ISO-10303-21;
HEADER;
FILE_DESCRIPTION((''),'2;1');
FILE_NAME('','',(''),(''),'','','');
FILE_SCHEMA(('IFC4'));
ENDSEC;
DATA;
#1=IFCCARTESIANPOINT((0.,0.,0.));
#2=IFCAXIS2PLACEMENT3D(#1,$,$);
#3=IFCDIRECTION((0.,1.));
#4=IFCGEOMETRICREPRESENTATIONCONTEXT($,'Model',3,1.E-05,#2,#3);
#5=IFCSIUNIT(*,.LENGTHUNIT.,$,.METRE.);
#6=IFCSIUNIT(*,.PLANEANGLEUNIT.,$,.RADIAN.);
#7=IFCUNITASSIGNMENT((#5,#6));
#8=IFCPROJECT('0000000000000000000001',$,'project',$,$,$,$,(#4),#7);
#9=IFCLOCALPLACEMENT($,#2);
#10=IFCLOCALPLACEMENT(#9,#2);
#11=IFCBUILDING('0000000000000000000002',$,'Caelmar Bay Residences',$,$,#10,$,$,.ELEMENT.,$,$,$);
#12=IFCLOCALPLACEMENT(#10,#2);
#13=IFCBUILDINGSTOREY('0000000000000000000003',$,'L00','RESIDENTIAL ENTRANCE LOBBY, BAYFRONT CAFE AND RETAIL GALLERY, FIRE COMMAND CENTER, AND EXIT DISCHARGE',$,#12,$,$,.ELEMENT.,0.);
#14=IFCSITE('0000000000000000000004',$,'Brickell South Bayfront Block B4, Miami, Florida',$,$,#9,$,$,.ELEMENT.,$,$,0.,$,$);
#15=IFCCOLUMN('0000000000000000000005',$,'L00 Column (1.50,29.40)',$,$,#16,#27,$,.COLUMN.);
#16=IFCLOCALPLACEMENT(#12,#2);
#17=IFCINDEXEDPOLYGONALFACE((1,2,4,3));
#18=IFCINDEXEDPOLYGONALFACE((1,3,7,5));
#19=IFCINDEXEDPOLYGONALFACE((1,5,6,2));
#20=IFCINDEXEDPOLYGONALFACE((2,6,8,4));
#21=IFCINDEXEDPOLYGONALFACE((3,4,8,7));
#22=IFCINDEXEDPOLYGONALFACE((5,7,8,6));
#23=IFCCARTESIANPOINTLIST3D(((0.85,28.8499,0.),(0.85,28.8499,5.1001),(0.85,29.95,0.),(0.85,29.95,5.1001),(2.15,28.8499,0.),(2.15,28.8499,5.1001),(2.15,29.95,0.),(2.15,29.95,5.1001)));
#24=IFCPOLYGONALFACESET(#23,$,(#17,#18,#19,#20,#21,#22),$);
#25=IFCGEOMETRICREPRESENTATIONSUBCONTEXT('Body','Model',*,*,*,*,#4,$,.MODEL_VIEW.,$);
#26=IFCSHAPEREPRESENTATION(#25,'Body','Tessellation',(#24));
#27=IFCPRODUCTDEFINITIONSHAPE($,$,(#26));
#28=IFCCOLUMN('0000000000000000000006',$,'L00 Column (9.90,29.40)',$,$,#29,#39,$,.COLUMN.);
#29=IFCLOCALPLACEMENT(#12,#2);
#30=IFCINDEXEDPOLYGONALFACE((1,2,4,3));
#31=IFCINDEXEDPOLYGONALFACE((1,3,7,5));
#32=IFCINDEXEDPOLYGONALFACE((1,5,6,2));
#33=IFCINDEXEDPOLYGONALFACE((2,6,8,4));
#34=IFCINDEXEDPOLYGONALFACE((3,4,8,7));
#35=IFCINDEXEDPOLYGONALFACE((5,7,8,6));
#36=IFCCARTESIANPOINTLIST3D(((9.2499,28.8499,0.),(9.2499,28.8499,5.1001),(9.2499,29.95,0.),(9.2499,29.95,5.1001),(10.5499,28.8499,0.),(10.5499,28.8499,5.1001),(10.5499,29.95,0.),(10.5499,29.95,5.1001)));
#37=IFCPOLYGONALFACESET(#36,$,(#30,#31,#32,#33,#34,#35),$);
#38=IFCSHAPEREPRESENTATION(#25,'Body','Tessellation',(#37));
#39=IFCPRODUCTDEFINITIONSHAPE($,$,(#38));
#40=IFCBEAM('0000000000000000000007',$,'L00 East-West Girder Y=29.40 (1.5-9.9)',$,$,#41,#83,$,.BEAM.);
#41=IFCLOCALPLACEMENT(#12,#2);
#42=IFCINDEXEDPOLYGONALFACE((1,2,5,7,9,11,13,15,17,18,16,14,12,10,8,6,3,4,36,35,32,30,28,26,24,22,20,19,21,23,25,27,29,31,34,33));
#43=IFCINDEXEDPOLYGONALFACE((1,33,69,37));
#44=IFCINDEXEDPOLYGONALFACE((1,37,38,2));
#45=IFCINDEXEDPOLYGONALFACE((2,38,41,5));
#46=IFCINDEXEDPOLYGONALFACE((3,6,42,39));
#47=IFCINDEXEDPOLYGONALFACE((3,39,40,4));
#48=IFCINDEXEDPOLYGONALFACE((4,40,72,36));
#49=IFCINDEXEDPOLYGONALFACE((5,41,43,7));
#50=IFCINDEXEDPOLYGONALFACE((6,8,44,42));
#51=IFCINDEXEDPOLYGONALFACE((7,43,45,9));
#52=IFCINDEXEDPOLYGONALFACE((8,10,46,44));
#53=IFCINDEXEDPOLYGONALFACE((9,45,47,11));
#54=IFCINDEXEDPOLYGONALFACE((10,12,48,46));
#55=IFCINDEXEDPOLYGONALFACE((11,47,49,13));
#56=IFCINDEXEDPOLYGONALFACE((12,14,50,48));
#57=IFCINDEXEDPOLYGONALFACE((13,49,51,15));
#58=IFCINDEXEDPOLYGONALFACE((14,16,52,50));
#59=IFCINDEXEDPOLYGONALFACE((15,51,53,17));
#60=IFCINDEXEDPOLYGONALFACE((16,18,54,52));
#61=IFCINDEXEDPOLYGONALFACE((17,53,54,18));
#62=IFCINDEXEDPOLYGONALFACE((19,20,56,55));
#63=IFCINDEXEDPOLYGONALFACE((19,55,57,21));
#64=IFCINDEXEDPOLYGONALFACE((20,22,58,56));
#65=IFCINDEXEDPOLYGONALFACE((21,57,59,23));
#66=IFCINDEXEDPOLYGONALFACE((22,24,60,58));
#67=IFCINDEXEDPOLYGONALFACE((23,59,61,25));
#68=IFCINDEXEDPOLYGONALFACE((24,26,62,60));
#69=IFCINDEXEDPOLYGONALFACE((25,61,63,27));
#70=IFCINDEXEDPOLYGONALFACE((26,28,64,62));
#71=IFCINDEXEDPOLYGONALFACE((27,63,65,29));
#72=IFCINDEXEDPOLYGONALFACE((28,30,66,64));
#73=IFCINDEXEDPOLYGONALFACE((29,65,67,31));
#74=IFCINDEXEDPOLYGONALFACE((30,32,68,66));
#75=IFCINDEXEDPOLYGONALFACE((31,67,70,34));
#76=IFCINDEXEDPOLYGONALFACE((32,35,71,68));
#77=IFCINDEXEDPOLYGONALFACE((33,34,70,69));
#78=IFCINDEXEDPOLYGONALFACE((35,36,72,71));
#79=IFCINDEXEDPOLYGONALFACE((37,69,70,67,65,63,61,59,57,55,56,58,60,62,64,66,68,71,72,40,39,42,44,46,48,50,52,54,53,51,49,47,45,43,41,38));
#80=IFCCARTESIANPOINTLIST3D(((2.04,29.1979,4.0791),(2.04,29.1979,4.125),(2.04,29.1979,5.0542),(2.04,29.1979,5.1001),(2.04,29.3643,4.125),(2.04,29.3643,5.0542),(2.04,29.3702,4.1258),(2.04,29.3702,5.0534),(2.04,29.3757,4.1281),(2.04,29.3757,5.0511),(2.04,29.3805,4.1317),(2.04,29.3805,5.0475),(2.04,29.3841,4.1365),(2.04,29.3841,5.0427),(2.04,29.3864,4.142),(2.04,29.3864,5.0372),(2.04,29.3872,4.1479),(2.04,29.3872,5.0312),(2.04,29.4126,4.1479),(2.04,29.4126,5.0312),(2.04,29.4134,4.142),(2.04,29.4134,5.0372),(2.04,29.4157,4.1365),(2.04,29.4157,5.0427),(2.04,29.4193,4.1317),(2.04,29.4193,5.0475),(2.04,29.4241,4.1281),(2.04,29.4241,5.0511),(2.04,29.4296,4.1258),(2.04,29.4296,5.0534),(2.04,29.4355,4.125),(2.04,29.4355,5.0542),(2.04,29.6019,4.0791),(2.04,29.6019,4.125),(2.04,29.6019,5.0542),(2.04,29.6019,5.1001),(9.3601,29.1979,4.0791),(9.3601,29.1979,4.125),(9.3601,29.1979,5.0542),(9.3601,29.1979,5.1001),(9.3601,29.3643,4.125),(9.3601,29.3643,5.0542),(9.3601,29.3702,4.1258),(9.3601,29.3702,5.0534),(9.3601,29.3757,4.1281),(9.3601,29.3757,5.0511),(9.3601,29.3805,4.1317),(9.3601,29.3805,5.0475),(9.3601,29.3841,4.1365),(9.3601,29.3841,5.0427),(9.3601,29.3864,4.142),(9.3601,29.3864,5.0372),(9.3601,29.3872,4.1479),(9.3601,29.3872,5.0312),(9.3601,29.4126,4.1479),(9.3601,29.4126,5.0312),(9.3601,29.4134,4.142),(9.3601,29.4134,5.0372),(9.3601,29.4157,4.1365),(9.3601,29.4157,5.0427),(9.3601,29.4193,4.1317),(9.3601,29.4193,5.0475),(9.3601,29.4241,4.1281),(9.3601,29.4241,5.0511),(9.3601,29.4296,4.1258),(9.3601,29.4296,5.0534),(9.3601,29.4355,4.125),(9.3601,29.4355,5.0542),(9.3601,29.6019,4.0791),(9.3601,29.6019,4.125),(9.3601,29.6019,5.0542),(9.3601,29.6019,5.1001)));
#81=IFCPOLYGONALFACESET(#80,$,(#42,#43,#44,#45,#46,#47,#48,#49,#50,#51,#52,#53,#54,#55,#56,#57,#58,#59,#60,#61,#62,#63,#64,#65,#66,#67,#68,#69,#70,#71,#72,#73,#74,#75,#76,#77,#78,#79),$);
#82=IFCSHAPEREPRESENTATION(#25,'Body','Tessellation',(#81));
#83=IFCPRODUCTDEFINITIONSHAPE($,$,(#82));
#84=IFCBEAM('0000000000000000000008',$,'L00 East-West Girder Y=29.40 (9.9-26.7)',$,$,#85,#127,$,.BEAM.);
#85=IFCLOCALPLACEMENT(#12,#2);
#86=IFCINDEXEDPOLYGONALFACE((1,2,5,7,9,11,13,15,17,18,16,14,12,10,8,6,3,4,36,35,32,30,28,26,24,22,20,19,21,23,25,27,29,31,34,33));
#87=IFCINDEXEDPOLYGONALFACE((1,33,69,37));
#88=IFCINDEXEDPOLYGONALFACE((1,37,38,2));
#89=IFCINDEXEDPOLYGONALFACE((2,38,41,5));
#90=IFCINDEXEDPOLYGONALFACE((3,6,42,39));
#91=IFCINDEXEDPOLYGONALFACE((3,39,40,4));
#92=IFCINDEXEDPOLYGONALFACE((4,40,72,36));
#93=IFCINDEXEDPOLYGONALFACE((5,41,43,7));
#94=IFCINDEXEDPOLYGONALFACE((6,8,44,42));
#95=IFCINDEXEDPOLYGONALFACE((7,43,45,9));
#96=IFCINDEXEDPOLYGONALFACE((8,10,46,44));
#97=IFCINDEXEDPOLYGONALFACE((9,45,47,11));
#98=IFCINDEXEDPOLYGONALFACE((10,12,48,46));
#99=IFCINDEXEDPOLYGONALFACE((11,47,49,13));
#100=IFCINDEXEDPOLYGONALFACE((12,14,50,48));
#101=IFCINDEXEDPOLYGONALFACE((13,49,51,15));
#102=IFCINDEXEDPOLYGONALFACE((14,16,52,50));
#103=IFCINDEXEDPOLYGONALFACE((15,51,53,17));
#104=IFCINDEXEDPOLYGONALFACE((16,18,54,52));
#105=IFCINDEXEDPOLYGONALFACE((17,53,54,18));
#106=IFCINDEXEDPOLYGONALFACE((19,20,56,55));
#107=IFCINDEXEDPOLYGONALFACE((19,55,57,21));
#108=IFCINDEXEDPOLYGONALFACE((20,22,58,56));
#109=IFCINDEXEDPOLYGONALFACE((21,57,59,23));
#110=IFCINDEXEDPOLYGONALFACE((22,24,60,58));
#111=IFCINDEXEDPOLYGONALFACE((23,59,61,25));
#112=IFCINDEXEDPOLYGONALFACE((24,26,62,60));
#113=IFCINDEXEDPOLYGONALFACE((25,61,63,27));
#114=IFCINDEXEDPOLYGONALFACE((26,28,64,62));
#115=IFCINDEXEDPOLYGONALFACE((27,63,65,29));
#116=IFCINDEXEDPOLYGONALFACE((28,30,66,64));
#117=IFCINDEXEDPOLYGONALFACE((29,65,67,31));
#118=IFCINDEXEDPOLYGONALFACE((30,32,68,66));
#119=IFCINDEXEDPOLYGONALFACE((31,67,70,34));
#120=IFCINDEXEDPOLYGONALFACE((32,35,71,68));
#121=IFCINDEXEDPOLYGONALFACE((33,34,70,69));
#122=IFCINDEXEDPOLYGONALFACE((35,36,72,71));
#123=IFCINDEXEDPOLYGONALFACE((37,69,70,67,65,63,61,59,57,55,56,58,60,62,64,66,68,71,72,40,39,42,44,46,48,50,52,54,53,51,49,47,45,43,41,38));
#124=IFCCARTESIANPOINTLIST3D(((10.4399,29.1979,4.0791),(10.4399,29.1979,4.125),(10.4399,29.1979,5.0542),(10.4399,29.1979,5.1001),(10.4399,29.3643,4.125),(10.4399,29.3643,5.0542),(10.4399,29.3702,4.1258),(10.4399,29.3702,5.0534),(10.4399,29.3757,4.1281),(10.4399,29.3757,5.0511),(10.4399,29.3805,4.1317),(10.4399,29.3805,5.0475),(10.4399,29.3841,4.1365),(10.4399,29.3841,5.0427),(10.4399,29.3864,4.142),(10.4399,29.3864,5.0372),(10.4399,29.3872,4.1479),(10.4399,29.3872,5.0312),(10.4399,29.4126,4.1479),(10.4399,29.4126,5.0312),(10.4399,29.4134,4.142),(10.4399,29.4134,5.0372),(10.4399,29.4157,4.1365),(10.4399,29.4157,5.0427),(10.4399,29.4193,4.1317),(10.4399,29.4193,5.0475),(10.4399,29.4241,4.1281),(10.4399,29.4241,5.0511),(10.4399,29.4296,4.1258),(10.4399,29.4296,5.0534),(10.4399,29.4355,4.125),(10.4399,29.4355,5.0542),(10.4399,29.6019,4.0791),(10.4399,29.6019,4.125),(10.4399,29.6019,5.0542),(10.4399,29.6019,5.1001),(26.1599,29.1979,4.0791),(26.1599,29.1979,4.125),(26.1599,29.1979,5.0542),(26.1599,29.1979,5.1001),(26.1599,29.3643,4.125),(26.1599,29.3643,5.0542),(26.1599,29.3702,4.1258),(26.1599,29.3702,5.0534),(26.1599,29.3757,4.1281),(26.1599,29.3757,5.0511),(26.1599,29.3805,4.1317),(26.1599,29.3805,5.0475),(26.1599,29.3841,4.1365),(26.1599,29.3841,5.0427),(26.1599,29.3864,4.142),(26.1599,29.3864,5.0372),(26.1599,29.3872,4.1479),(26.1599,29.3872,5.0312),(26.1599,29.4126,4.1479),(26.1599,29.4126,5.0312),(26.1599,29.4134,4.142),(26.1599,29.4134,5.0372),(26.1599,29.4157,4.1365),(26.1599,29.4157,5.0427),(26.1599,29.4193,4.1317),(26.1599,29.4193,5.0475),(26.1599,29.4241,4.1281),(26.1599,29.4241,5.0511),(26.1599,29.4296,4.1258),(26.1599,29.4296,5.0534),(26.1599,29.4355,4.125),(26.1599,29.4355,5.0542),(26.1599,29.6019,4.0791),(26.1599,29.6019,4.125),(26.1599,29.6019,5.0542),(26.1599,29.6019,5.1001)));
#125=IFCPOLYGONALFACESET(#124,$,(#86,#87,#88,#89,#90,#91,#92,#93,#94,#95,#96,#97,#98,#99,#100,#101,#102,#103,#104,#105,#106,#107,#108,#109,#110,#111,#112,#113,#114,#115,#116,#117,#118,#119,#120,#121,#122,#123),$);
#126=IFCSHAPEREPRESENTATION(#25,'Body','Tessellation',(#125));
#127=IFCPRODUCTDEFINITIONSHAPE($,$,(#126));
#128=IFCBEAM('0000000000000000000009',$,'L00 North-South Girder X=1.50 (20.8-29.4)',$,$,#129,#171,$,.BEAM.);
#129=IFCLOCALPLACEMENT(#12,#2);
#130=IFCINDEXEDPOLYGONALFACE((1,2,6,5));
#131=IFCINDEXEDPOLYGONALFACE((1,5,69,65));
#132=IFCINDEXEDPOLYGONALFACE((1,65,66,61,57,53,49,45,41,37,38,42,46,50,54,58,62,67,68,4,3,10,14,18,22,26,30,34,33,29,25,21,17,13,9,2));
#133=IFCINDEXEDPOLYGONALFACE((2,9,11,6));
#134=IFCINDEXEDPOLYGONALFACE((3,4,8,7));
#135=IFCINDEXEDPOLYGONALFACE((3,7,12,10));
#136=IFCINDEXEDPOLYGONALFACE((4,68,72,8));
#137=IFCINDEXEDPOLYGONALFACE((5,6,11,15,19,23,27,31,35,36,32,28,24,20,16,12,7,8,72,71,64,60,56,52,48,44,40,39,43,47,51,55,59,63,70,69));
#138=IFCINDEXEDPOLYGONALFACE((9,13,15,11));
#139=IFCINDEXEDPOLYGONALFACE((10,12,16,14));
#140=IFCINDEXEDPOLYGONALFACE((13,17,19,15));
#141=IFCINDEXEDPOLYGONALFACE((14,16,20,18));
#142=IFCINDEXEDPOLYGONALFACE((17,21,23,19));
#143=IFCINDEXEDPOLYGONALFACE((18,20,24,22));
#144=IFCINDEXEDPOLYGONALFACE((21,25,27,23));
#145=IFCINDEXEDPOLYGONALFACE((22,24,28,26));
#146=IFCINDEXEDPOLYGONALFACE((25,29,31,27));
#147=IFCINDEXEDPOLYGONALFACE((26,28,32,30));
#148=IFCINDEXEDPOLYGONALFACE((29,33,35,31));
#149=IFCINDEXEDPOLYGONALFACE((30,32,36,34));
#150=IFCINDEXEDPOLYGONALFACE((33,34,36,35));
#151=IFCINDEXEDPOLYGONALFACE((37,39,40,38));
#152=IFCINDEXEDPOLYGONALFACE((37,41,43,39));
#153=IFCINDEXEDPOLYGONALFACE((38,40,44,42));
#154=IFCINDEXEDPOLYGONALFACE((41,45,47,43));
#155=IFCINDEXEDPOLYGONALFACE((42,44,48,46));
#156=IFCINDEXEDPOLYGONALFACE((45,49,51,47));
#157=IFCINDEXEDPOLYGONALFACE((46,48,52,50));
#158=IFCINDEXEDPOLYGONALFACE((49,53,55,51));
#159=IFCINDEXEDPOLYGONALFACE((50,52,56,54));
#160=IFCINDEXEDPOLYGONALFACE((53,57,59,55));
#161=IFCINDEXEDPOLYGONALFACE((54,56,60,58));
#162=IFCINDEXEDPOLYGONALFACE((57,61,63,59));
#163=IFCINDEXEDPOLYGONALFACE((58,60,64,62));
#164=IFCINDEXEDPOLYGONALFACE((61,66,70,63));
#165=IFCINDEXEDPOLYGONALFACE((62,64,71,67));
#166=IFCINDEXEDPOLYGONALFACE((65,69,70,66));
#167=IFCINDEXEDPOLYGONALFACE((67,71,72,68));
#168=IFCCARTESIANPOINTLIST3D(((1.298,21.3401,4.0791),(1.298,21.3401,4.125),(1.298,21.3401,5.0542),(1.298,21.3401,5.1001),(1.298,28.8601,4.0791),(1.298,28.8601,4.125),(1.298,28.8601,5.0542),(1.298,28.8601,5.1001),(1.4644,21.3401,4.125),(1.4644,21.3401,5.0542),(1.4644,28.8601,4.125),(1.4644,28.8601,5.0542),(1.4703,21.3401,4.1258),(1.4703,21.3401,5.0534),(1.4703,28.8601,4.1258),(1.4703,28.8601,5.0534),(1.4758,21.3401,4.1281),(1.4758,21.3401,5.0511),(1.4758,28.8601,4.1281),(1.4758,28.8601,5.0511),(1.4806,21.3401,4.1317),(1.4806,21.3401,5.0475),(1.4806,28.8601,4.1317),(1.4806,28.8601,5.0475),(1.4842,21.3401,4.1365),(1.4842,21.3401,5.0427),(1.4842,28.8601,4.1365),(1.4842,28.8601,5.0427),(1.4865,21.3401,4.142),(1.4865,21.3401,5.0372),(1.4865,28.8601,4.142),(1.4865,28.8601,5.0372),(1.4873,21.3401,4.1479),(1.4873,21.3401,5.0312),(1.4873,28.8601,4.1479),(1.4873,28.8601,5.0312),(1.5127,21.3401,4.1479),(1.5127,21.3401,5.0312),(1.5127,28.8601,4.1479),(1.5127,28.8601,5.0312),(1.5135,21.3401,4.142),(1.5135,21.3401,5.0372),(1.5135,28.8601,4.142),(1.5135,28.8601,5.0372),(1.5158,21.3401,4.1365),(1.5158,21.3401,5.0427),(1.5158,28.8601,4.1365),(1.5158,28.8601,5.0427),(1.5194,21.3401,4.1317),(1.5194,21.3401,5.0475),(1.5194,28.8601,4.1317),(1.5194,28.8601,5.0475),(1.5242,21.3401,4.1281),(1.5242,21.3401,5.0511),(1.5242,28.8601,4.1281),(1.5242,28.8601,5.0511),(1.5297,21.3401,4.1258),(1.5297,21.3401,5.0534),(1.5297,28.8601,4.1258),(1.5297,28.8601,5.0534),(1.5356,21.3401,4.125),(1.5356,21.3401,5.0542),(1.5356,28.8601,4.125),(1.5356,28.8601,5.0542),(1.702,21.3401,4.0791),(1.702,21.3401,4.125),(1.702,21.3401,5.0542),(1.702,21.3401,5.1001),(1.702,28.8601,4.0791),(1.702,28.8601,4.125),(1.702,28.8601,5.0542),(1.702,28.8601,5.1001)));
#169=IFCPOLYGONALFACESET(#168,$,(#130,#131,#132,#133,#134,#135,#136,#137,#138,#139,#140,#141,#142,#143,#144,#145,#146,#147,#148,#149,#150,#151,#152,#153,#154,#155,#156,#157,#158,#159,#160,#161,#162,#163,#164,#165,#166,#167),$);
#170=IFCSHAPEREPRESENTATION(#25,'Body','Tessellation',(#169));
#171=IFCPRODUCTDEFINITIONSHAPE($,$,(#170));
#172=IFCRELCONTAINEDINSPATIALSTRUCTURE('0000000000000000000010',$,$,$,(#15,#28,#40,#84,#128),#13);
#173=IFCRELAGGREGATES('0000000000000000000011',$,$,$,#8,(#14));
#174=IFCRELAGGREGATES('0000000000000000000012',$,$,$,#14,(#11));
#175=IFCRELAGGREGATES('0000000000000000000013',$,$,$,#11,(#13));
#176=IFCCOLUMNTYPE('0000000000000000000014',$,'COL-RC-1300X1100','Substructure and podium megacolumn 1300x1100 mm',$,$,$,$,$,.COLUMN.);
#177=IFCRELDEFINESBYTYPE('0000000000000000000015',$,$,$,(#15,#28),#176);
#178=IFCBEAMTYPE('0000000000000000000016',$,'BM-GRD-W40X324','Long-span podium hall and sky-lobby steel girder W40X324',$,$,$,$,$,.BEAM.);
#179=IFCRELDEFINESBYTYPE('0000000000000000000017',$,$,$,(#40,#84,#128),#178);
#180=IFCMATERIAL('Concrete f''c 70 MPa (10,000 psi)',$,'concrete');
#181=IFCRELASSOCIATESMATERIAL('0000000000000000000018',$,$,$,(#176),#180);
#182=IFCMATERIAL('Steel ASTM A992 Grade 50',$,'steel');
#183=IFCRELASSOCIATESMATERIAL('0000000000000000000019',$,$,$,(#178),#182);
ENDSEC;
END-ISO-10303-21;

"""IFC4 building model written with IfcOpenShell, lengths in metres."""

from ifc_helpers import new_model, si_unit, direction, frame, origin, origin_2d, place, context, subcontext, project, spatial, rectangle, i_section, extrude, material, material_profile, profile_set, type_object, element, save


model = new_model("IFC4")

# Units and contexts
model_context = context("Model", 3, precision=1e-05, world=origin(), true_north=direction((0.0, 1.0)))
body_context = subcontext(model_context, "Body", "Model", "MODEL_VIEW")
ifc_project = project(units=[si_unit("LENGTHUNIT", "METRE"), si_unit("PLANEANGLEUNIT", "RADIAN")], contexts=[model_context])

# Site, building, storey
site_placement = place(None, origin())
site = spatial("IfcSite", under=ifc_project, at=site_placement, Name="Brickell South Bayfront Block B4, Miami, Florida", CompositionType="ELEMENT", RefElevation=0.0)
building_placement = place(site_placement, origin())
building = spatial("IfcBuilding", under=site, at=building_placement, Name="Caelmar Bay Residences", CompositionType="ELEMENT")
storey_placement = place(building_placement, origin())
storey = spatial("IfcBuildingStorey", under=building, at=storey_placement, Name="L00", Description="RESIDENTIAL ENTRANCE LOBBY, BAYFRONT CAFE AND RETAIL GALLERY, FIRE COMMAND CENTER, AND EXIT DISCHARGE", CompositionType="ELEMENT", Elevation=0.0)

# Columns
ifc_material_1 = material(Name="Concrete f'c 70 MPa (10,000 psi)", Category="concrete")
ifc_material_profile_1 = material_profile(ifc_material_1, rectangle(XDim=1.3, YDim=1.1001, at=origin_2d()), Name="RC-COL-1300X1100")
ifc_profile_set_1 = profile_set([ifc_material_profile_1], Name="Concrete f'c 70 MPa (10,000 psi)")
column_type = type_object("IfcColumnType", Name="COL-RC-1300X1100", Description="Substructure and podium megacolumn 1300x1100 mm", PredefinedType="COLUMN", material=ifc_profile_set_1)
for number, where, z_axis, x_axis, name in (
    (1, (1.5, 29.3999, 0.0), (0.0, 0.0, 1.0), (1.0, 0.0, 0.0), "L00 Column (1.50,29.40)"),
    (2, (9.8999, 29.3999, 0.0), (0.0, 0.0, 1.0), (1.0, 0.0, 0.0), "L00 Column (9.90,29.40)"),
):
    element("IfcColumn", number, at=place(storey_placement, frame(where, z_axis=z_axis, x_axis=x_axis)), inside=storey, type_object=column_type, Name=name, PredefinedType="COLUMN", context=body_context, shape_type="SweptSolid", body=[
        extrude(rectangle(XDim=1.3, YDim=1.1001, at=origin_2d()), origin(), (0.0, 0.0, 1.0), 5.1001),
    ])

# Beams
ifc_material_2 = material(Name="Steel ASTM A992 Grade 50", Category="steel")
ifc_material_profile_2 = material_profile(ifc_material_2, i_section(OverallWidth=0.4041, OverallDepth=1.021, WebThickness=0.0254, FlangeThickness=0.0459, FilletRadius=0.0229, at=origin_2d()), Name="W40X324")
ifc_profile_set_2 = profile_set([ifc_material_profile_2], Name="Steel ASTM A992 Grade 50")
beam_type_1 = type_object("IfcBeamType", Name="BM-GRD-W40X324", Description="Long-span podium hall and sky-lobby steel girder W40X324", PredefinedType="BEAM", material=ifc_profile_set_2)
beam_1_placement = place(storey_placement, frame((2.04, 29.3999, 4.5896), z_axis=(1.0, 0.0, 0.0), x_axis=(0.0, 1.0, 0.0)))
element("IfcBeam", 3, at=beam_1_placement, inside=storey, type_object=beam_type_1, Name="L00 East-West Girder Y=29.40 (1.5-9.9)", PredefinedType="BEAM", context=body_context, shape_type="SweptSolid", body=[
    extrude(i_section(OverallWidth=0.4041, OverallDepth=1.021, WebThickness=0.0254, FlangeThickness=0.0459, FilletRadius=0.0229, at=origin_2d()), origin(), (0.0, 0.0, 1.0), 7.3201),
])
beam_2_placement = place(storey_placement, frame((10.4399, 29.3999, 4.5896), z_axis=(1.0, 0.0, 0.0), x_axis=(0.0, 1.0, 0.0)))
element("IfcBeam", 4, at=beam_2_placement, inside=storey, type_object=beam_type_1, Name="L00 East-West Girder Y=29.40 (9.9-26.7)", PredefinedType="BEAM", context=body_context, shape_type="SweptSolid", body=[
    extrude(i_section(OverallWidth=0.4041, OverallDepth=1.021, WebThickness=0.0254, FlangeThickness=0.0459, FilletRadius=0.0229, at=origin_2d()), origin(), (0.0, 0.0, 1.0), 15.72),
])
beam_3_placement = place(storey_placement, frame((1.5, 21.3401, 4.5896), z_axis=(0.0, 1.0, 0.0), x_axis=(-1.0, 0.0, 0.0)))
element("IfcBeam", 5, at=beam_3_placement, inside=storey, type_object=beam_type_1, Name="L00 North-South Girder X=1.50 (20.8-29.4)", PredefinedType="BEAM", context=body_context, shape_type="SweptSolid", body=[
    extrude(i_section(OverallWidth=0.4041, OverallDepth=1.021, WebThickness=0.0254, FlangeThickness=0.0459, FilletRadius=0.0229, at=origin_2d()), origin(), (0.0, 0.0, 1.0), 7.52),
])

save(model, "model.ifc")
